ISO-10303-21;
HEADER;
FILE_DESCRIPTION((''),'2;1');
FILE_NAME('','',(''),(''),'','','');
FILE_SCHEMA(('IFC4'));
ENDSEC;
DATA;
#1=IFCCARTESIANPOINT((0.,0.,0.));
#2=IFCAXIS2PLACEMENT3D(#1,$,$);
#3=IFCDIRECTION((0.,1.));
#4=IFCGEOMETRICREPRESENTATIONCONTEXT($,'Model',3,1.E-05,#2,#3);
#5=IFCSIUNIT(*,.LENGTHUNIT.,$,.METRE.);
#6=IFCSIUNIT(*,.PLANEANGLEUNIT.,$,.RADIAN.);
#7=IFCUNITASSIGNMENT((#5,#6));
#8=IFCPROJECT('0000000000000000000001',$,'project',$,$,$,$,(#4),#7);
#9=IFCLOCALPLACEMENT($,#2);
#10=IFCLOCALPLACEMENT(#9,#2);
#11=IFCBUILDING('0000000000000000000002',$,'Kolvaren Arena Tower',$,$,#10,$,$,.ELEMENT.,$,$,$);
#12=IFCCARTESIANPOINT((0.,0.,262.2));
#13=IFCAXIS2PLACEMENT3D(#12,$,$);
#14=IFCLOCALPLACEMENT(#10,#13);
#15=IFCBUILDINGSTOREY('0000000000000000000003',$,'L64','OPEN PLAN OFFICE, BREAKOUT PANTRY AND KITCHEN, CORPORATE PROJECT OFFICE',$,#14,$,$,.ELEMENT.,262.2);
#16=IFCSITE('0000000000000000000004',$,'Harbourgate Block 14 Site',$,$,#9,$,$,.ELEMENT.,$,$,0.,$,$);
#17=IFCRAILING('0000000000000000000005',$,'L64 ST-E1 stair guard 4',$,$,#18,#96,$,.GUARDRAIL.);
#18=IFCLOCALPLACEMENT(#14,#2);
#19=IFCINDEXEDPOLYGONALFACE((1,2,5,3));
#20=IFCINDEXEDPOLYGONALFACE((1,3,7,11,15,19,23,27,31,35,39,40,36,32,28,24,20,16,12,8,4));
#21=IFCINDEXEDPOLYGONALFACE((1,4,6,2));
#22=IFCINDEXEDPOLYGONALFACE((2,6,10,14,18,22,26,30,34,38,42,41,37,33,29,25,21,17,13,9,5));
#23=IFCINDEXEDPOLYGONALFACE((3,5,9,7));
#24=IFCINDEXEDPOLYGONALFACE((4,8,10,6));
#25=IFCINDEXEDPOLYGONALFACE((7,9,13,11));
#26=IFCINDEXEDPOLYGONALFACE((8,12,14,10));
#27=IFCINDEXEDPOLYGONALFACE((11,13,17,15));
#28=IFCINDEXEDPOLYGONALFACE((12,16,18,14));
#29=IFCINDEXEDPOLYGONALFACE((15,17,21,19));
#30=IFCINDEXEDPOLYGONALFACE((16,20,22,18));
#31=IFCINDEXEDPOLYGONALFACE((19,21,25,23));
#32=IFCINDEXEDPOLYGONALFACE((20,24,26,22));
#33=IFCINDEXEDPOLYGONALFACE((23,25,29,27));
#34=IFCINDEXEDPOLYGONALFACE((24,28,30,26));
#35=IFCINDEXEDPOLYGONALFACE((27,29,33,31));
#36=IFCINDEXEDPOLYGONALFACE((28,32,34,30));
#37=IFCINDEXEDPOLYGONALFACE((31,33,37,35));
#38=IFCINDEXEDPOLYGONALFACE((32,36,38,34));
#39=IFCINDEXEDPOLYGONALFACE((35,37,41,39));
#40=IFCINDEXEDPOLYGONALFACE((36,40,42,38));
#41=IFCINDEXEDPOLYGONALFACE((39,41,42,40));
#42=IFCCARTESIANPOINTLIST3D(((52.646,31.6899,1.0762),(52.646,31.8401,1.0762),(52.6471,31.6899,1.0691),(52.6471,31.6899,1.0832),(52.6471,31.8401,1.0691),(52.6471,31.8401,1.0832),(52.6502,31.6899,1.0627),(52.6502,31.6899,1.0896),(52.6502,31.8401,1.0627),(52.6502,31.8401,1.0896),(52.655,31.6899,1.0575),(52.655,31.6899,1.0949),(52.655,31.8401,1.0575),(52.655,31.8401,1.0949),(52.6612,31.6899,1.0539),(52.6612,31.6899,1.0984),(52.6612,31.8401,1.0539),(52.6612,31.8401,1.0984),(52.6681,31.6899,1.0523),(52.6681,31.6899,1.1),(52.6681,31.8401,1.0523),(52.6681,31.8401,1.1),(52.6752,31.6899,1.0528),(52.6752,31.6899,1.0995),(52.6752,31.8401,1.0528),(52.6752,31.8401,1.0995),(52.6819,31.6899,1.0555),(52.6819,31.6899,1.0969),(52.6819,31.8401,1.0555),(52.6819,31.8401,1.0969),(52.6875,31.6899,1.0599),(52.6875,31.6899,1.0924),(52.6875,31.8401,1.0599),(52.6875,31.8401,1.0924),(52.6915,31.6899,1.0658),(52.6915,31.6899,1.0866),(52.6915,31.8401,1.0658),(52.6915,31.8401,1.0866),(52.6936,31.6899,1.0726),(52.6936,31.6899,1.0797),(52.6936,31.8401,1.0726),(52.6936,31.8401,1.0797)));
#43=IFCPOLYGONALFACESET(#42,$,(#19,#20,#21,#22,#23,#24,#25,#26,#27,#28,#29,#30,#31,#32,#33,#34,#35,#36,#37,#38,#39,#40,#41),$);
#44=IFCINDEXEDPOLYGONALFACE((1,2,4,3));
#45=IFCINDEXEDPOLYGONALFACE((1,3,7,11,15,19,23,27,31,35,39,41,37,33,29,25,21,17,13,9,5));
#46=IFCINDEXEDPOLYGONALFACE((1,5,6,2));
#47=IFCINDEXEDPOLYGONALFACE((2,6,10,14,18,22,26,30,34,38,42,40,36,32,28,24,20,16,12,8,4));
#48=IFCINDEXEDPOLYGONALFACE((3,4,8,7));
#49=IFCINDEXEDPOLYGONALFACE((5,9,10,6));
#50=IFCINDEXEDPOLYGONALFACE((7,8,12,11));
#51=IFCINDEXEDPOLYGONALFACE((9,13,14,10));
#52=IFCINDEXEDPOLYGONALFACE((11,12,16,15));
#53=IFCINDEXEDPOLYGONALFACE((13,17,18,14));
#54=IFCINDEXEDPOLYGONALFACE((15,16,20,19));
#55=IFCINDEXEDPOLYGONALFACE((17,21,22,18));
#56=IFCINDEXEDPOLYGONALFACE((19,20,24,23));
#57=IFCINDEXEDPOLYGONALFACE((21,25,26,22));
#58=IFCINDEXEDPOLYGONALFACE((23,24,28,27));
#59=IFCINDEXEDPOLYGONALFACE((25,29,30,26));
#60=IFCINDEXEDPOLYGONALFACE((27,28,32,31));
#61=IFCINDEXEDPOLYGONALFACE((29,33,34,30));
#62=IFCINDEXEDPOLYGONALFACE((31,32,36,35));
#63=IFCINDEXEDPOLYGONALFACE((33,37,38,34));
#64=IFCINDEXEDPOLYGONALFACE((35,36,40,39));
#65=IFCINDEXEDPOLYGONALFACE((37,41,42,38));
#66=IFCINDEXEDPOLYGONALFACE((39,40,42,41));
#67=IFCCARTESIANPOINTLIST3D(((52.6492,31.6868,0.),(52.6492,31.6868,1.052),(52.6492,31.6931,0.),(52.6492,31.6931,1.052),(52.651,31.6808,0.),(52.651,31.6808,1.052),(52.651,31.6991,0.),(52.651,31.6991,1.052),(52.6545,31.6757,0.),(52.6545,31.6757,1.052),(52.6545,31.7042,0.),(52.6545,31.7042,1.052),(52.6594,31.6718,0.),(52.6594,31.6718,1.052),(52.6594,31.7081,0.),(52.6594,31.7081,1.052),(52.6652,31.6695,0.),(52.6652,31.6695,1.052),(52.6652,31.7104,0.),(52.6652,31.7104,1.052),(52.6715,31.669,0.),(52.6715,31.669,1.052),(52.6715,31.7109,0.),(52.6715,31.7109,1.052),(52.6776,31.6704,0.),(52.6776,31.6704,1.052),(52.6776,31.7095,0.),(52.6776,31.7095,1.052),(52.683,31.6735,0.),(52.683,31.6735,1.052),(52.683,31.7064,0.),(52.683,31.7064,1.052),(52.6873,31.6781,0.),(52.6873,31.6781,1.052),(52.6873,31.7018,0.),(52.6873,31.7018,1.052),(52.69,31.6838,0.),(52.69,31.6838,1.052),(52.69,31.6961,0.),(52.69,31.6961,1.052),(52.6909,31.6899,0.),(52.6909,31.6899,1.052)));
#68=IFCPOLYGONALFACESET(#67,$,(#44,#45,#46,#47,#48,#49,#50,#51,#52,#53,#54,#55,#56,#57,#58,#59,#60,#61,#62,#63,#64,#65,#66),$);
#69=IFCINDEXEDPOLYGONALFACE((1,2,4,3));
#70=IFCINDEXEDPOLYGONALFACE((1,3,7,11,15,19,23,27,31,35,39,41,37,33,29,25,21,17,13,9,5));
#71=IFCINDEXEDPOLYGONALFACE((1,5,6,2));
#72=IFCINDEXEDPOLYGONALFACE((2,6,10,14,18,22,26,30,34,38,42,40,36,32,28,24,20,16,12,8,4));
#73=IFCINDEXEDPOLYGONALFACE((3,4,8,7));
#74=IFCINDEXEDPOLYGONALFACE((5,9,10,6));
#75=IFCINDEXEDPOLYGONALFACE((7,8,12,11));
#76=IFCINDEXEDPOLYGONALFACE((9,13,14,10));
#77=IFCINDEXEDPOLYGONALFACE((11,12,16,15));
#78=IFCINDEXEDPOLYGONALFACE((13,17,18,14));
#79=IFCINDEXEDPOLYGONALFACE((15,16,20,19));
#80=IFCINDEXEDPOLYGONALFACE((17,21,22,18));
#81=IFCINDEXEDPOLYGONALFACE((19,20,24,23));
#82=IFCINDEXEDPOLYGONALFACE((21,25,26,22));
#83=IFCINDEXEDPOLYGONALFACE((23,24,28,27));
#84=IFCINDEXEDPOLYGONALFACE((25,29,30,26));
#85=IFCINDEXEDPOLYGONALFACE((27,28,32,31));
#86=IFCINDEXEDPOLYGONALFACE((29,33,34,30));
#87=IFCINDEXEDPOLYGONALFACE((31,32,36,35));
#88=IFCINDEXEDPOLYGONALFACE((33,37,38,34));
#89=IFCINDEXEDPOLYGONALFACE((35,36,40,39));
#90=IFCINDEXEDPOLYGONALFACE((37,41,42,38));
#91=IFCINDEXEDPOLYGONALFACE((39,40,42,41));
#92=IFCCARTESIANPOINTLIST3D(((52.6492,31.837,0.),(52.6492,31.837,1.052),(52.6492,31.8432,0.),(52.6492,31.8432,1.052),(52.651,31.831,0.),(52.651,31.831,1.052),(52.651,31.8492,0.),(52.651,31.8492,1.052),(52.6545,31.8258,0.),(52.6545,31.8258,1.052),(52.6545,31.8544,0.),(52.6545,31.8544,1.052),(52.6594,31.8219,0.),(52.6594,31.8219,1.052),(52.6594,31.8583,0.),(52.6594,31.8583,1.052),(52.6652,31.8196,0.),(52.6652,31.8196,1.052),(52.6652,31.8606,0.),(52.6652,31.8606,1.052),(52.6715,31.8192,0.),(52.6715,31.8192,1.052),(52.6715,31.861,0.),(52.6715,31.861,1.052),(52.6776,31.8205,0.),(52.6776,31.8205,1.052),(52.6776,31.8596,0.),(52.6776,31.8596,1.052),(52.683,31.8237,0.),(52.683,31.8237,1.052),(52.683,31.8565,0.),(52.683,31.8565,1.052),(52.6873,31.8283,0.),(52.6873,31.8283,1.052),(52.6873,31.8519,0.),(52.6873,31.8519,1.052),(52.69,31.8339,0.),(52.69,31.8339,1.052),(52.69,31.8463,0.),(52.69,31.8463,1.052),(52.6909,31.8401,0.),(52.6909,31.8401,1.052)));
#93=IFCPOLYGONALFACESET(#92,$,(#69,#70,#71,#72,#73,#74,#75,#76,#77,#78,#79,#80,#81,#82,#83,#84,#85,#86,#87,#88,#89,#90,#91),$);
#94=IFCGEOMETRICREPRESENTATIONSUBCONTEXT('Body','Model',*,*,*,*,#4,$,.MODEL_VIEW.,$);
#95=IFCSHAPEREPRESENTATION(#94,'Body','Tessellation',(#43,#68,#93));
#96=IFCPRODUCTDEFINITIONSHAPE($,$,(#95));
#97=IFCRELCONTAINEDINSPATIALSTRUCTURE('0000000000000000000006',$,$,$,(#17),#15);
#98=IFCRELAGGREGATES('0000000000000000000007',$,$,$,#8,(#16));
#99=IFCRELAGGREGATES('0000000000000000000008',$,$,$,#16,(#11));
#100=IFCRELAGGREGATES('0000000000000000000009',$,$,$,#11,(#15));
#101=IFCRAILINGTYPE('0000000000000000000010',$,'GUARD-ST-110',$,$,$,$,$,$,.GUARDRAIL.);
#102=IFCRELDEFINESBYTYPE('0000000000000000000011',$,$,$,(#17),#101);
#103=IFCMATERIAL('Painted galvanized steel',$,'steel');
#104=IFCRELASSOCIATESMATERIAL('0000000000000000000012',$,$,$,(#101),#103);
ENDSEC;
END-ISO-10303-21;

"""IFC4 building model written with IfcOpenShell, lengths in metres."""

from ifc_helpers import new_model, si_unit, direction, frame, origin, origin_2d, place, context, subcontext, project, spatial, circle, extrude, material, type_object, element, save


model = new_model("IFC4")

# Units and contexts
model_context = context("Model", 3, precision=1e-05, world=origin(), true_north=direction((0.0, 1.0)))
body_context = subcontext(model_context, "Body", "Model", "MODEL_VIEW")
ifc_project = project(units=[si_unit("LENGTHUNIT", "METRE"), si_unit("PLANEANGLEUNIT", "RADIAN")], contexts=[model_context])

# Site, building, storey
site_placement = place(None, origin())
site = spatial("IfcSite", under=ifc_project, at=site_placement, Name="Harbourgate Block 14 Site", CompositionType="ELEMENT", RefElevation=0.0)
building_placement = place(site_placement, origin())
building = spatial("IfcBuilding", under=site, at=building_placement, Name="Kolvaren Arena Tower", CompositionType="ELEMENT")
storey_placement = place(building_placement, frame((0.0, 0.0, 262.2)))
storey = spatial("IfcBuildingStorey", under=building, at=storey_placement, Name="L64", Description="OPEN PLAN OFFICE, BREAKOUT PANTRY AND KITCHEN, CORPORATE PROJECT OFFICE", CompositionType="ELEMENT", Elevation=262.2)

# Railing
ifc_material_1 = material(Name="Painted galvanized steel", Category="steel")
railing_type_1 = type_object("IfcRailingType", Name="GUARD-ST-110", PredefinedType="GUARDRAIL", material=ifc_material_1)
railing_1_placement = place(storey_placement, frame((52.6699, 31.6899, 0.0)))
element("IfcRailing", 1, at=railing_1_placement, inside=storey, type_object=railing_type_1, Name="L64 ST-E1 stair guard 4", PredefinedType="GUARDRAIL", context=body_context, shape_type="SweptSolid", body=[
    extrude(circle(Radius=0.0239, at=origin_2d()), frame((0.0, 0.0, 1.0762), z_axis=(0.0, 1.0, 0.0), x_axis=(-1.0, 0.0, 0.0)), (0.0, 0.0, 1.0), 0.1501),
    extrude(circle(Radius=0.021, at=origin_2d()), origin(), (0.0, 0.0, 1.0), 1.052),
    extrude(circle(Radius=0.021, at=origin_2d()), frame((0.0, 0.1501, 0.0)), (0.0, 0.0, 1.0), 1.052),
])

save(model, "model.ifc")
